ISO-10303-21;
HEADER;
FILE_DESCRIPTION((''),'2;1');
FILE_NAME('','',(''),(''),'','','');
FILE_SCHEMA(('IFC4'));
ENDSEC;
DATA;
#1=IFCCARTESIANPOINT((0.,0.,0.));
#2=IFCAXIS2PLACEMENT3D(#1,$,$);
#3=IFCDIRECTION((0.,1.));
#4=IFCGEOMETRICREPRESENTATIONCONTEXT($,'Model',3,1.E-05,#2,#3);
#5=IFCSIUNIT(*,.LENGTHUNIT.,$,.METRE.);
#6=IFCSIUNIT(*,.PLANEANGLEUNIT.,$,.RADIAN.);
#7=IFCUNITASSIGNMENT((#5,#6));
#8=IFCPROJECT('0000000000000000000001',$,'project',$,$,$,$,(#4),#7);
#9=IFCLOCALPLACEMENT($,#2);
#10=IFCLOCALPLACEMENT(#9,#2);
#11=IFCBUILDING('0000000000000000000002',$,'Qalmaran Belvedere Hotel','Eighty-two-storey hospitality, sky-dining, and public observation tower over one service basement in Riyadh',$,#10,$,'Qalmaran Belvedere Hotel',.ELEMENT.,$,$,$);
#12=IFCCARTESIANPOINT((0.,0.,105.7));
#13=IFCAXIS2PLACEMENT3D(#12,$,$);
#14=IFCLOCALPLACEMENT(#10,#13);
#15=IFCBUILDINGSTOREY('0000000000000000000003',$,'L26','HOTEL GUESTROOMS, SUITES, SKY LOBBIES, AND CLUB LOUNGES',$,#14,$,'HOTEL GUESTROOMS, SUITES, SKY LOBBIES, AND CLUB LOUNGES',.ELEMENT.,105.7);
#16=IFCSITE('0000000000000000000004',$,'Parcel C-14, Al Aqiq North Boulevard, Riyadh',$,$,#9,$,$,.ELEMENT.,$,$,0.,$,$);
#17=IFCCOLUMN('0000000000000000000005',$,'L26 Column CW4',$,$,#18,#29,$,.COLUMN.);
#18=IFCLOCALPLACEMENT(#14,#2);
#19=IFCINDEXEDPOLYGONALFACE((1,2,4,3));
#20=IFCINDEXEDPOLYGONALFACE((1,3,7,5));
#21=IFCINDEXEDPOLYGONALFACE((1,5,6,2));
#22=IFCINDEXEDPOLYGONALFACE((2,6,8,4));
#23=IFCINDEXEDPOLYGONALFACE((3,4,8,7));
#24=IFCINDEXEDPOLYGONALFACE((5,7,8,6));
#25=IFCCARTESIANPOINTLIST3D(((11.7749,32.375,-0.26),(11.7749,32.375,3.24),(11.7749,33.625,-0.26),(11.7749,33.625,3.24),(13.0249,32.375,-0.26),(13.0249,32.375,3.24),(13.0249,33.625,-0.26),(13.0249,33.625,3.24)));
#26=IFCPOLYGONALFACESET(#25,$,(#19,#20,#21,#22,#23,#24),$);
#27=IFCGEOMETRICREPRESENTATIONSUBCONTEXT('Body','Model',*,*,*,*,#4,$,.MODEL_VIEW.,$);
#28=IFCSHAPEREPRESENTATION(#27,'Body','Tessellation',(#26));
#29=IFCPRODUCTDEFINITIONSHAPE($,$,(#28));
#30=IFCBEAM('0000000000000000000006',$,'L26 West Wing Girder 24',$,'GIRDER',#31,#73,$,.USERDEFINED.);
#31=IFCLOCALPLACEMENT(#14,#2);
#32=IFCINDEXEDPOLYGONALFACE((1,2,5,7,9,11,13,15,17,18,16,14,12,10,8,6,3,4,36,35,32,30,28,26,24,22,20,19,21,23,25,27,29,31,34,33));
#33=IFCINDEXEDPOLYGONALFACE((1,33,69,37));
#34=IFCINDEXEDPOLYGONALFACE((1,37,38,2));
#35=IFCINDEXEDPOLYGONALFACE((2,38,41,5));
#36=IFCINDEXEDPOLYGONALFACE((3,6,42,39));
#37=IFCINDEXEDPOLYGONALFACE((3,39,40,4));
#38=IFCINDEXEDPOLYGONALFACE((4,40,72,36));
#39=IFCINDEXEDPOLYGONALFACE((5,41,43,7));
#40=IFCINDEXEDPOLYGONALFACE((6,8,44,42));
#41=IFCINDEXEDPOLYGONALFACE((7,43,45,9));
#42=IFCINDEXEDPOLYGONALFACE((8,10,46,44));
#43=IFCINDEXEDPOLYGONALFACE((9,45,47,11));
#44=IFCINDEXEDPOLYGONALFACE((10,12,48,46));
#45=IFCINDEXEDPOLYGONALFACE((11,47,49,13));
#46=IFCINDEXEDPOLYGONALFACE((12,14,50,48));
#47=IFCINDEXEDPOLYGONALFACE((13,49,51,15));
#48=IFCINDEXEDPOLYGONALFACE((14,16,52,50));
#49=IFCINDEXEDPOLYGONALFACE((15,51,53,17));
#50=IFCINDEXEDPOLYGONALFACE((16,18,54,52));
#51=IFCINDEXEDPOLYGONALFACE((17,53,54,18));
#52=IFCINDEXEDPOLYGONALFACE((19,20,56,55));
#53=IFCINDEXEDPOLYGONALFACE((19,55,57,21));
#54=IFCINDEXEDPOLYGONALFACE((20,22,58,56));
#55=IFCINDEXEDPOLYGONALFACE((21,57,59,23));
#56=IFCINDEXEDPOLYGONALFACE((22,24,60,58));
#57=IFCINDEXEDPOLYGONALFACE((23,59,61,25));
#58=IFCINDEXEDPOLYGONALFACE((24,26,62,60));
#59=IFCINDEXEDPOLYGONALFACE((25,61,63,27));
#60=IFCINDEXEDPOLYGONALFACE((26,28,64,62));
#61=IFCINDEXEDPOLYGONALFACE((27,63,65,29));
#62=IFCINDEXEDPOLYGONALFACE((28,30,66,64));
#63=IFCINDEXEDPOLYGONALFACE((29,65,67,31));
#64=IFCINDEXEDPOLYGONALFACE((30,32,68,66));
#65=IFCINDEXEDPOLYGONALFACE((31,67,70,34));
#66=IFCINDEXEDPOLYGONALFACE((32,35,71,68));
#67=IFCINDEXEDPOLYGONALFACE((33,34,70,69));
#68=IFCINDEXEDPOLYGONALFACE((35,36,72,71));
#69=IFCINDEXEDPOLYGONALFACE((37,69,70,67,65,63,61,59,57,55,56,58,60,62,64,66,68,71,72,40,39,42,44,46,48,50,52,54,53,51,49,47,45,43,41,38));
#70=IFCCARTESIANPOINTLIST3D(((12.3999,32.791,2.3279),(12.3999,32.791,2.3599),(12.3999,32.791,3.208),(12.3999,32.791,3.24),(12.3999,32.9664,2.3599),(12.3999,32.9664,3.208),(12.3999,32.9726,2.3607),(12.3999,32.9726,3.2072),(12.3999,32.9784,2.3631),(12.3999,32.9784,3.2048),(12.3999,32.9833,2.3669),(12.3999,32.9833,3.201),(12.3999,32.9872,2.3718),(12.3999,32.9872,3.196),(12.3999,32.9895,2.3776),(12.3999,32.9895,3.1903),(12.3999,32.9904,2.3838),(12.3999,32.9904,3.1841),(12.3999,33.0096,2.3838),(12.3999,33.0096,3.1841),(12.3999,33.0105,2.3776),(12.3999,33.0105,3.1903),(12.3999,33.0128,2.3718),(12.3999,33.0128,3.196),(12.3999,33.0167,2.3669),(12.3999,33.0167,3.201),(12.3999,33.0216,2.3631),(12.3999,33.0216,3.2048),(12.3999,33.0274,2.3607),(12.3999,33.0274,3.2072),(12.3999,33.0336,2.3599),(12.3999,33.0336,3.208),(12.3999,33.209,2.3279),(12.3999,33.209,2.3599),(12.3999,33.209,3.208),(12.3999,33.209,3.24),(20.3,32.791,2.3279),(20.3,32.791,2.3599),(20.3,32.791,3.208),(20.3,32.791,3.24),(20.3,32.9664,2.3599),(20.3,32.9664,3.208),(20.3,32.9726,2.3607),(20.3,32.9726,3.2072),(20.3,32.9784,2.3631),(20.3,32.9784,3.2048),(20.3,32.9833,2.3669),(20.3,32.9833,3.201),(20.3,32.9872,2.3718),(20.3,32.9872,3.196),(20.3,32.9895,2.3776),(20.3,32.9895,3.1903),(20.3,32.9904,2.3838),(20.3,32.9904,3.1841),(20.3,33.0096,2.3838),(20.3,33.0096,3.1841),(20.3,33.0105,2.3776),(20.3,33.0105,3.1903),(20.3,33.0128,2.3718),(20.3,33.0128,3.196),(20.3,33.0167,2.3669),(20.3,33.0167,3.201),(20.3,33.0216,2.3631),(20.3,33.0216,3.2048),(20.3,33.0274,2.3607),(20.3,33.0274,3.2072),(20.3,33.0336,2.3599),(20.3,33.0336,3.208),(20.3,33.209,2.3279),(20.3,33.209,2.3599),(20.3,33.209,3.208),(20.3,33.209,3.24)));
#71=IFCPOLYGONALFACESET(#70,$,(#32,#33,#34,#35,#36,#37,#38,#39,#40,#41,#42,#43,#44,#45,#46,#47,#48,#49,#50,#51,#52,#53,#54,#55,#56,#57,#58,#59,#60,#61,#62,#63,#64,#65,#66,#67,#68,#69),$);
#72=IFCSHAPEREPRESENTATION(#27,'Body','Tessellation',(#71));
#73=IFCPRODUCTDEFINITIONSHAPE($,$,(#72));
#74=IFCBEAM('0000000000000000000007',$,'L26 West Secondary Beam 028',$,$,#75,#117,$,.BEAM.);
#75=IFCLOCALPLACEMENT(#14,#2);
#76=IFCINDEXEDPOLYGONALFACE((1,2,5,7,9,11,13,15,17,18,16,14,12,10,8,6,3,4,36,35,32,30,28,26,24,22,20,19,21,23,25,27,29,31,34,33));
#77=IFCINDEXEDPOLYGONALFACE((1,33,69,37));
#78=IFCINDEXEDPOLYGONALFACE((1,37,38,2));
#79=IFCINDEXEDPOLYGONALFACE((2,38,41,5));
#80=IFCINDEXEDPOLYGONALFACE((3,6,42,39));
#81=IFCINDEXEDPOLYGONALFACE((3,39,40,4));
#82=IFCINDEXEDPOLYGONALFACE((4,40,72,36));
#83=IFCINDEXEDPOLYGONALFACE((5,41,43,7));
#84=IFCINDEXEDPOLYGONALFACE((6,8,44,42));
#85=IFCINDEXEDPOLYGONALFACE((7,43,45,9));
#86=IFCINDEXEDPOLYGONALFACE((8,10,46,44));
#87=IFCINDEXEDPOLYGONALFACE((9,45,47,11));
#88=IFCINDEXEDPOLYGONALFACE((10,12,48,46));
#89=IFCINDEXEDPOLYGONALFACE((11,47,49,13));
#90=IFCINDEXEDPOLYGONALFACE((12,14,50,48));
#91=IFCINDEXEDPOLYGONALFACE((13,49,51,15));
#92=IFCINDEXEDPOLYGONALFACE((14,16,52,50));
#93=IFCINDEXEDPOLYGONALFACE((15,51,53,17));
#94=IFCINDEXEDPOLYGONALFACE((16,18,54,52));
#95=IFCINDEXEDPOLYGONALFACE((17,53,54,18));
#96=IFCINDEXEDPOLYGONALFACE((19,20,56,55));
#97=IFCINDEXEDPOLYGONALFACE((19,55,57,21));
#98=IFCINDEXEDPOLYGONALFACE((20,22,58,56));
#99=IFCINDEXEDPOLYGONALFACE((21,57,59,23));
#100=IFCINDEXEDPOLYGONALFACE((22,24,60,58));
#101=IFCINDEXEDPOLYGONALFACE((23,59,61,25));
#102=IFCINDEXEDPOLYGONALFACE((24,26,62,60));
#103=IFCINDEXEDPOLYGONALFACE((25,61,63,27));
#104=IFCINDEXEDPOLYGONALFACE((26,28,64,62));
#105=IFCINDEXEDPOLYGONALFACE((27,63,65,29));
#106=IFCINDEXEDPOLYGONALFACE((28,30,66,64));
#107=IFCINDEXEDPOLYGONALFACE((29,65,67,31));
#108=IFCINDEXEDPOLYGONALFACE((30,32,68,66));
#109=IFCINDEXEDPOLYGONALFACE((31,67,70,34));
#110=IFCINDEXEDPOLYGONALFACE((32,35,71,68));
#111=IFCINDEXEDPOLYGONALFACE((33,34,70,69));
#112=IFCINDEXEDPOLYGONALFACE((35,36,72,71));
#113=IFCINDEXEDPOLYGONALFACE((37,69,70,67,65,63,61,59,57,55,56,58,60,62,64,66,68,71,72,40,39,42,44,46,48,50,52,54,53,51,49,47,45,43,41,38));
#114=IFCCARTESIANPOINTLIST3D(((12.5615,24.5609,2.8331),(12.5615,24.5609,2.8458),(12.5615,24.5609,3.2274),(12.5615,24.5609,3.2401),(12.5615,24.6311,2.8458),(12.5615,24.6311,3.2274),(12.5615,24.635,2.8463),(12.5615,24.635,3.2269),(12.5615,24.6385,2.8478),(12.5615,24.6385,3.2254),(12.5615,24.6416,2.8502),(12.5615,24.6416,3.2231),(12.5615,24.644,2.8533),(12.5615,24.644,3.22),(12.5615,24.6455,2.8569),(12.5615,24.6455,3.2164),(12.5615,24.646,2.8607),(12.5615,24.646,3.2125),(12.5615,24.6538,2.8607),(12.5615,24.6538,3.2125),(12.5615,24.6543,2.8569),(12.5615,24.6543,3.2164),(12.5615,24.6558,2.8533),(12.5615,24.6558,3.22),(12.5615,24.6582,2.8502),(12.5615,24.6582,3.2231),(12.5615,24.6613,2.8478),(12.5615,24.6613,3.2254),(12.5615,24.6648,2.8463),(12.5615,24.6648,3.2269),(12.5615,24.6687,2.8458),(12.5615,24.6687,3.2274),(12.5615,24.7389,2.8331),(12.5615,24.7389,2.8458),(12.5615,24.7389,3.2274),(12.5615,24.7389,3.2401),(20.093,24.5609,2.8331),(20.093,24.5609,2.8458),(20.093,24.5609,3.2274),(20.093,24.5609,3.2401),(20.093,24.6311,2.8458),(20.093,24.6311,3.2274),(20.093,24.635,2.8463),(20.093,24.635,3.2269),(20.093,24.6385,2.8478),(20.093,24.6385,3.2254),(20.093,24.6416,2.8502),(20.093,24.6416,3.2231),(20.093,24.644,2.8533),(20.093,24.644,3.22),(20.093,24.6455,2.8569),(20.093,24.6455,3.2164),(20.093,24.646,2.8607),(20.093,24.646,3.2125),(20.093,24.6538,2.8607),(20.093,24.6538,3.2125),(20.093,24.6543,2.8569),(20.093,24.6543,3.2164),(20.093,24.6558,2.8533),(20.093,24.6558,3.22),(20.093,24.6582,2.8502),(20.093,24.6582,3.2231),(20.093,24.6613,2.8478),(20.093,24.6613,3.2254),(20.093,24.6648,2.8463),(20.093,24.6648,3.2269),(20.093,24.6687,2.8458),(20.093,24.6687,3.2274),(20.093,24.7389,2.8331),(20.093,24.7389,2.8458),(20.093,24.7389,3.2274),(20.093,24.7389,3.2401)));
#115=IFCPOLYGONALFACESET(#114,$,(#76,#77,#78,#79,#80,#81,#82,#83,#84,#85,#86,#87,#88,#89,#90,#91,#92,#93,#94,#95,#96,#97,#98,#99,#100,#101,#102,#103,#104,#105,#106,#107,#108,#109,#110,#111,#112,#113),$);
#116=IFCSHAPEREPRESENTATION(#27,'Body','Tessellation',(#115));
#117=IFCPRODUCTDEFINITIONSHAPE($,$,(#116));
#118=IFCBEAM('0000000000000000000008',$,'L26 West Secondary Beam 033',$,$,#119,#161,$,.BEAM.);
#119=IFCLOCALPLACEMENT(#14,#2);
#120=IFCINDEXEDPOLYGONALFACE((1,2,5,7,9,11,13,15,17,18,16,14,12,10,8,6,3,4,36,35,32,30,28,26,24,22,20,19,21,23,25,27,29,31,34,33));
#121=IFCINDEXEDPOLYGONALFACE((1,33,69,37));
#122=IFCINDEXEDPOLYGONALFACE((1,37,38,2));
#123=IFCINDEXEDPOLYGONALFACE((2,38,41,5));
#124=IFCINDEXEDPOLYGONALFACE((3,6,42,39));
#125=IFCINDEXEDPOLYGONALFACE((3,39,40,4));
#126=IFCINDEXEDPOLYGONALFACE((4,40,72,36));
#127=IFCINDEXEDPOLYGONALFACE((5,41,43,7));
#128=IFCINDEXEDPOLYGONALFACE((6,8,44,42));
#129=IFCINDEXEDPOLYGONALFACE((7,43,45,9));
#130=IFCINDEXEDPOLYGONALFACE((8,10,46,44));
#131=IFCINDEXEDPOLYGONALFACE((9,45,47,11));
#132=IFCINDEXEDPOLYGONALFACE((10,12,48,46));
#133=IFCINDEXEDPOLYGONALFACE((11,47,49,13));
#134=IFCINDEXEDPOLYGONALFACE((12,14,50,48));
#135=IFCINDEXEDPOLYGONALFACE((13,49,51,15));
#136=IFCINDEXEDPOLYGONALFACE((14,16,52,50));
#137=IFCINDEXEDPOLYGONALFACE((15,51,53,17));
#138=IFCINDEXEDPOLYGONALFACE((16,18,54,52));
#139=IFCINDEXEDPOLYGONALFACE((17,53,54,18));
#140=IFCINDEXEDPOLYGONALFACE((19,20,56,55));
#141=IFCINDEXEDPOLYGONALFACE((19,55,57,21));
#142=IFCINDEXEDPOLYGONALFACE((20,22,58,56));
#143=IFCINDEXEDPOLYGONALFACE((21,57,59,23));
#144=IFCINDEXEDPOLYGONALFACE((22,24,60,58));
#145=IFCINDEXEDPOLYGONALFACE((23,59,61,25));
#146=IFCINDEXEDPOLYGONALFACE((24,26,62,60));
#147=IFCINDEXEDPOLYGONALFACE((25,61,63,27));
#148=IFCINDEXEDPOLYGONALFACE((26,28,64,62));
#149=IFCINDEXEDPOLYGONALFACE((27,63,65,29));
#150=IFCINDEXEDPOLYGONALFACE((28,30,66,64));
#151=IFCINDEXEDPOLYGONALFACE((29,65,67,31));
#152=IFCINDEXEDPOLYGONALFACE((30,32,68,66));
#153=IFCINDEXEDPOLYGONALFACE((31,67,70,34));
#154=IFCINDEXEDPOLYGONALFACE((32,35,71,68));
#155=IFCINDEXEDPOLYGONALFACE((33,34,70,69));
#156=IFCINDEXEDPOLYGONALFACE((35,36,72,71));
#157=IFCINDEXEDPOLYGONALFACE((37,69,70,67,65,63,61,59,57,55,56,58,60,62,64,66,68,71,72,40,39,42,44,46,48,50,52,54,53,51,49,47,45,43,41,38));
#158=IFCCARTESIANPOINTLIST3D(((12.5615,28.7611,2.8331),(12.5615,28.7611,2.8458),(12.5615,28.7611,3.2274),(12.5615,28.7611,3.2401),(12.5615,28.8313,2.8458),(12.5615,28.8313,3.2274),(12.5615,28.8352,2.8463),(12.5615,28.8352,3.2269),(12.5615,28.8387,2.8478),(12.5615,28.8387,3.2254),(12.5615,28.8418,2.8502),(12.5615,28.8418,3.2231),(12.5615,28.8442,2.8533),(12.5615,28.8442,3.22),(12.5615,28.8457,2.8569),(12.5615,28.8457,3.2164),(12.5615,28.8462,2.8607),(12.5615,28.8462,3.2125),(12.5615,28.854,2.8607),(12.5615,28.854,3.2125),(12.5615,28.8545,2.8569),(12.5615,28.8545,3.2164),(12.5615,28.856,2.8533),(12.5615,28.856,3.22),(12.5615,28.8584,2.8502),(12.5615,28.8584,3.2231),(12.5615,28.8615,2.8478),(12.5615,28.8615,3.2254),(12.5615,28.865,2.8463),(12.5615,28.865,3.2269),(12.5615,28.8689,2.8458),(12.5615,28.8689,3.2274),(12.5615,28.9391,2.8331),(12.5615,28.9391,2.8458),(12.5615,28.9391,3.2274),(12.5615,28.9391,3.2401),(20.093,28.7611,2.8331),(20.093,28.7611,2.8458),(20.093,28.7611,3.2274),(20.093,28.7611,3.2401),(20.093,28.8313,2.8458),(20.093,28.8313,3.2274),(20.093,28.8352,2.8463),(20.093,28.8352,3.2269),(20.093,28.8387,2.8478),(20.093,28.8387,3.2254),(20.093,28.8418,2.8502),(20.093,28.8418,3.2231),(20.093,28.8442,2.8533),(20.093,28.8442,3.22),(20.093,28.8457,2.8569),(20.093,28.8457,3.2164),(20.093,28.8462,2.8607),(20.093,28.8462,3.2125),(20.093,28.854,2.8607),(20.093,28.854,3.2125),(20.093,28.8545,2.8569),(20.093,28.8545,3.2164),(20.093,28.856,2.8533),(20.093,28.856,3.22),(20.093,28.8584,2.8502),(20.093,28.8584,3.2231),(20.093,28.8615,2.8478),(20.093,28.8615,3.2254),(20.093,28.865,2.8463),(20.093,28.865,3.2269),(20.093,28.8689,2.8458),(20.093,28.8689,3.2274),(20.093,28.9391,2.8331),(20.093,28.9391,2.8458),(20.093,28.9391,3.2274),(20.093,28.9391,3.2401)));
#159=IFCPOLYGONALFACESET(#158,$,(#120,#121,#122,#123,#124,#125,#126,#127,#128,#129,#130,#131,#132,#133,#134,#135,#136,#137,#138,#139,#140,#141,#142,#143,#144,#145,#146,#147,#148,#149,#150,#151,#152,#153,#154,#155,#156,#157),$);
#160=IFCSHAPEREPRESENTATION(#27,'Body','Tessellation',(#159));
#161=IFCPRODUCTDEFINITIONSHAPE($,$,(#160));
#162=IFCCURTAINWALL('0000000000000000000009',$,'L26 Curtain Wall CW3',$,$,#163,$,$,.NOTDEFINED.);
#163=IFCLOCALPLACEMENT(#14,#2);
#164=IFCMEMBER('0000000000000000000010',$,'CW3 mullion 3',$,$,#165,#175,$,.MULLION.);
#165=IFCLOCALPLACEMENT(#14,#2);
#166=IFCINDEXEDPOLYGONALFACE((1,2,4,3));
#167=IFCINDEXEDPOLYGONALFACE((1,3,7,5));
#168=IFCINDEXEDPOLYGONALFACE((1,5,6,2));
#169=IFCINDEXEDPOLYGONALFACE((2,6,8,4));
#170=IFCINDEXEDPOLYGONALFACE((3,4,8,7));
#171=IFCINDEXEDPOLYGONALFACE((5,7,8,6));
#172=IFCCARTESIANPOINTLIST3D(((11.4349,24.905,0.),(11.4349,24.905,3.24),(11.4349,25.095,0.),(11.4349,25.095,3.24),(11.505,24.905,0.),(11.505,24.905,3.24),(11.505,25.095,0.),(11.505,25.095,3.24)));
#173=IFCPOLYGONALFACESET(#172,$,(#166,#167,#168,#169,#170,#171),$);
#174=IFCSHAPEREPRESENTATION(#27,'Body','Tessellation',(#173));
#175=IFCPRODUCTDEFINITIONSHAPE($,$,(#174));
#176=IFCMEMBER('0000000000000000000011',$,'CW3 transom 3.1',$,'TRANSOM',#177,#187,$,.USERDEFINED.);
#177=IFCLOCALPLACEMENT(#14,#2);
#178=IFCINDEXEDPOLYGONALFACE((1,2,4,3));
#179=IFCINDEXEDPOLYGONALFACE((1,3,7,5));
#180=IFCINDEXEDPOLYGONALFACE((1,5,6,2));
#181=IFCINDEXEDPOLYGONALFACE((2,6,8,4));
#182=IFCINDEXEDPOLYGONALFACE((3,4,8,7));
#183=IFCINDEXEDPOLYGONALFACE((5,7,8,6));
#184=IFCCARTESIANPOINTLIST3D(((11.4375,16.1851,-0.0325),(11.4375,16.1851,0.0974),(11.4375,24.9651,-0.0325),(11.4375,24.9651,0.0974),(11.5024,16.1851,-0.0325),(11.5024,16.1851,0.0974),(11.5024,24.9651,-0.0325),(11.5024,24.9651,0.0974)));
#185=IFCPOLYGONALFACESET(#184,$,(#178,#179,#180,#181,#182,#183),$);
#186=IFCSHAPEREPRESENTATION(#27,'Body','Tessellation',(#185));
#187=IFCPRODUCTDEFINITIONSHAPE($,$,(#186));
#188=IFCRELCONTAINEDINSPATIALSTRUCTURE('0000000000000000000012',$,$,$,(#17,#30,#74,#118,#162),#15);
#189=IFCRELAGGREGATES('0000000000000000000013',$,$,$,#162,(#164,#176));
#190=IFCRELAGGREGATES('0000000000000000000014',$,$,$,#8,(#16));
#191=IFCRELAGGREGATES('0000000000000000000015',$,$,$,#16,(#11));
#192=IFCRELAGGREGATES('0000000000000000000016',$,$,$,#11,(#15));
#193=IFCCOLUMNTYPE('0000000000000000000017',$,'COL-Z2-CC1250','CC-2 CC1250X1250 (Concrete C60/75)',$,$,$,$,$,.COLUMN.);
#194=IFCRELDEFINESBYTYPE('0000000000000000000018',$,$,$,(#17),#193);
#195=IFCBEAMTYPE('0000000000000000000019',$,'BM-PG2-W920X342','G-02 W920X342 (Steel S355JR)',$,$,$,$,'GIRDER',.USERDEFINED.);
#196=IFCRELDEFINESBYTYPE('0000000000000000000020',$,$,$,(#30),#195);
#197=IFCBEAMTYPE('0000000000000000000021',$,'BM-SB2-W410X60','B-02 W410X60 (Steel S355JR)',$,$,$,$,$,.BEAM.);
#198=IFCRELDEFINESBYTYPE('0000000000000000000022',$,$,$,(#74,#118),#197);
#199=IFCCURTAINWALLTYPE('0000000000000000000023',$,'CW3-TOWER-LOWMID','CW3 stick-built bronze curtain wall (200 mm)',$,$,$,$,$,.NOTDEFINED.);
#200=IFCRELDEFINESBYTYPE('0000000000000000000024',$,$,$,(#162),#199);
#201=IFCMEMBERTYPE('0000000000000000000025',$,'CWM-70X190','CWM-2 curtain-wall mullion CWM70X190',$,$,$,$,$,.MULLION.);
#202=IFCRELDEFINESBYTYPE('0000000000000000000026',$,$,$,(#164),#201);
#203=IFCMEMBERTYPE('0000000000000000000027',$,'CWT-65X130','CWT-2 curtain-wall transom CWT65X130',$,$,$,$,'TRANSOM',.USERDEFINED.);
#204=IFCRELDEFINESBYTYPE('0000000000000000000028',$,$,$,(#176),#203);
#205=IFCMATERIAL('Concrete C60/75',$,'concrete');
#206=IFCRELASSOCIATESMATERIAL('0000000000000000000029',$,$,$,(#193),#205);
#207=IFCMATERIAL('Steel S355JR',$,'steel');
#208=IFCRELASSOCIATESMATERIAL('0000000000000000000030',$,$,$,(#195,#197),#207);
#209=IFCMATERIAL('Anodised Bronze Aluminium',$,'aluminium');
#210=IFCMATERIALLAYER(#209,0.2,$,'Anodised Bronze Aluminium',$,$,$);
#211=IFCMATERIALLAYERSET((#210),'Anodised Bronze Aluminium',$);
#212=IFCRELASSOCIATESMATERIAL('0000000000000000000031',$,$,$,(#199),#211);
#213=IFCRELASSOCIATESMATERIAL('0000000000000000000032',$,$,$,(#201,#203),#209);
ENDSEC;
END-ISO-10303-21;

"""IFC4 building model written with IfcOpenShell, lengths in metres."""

from ifc_helpers import new_model, si_unit, direction, frame, origin, origin_2d, place, context, subcontext, project, spatial, rectangle, i_section, extrude, material, layer, layer_set, material_profile, profile_set, type_object, element, aggregate, save


model = new_model("IFC4")

# Units and contexts
model_context = context("Model", 3, precision=1e-05, world=origin(), true_north=direction((0.0, 1.0)))
body_context = subcontext(model_context, "Body", "Model", "MODEL_VIEW")
ifc_project = project(units=[si_unit("LENGTHUNIT", "METRE"), si_unit("PLANEANGLEUNIT", "RADIAN")], contexts=[model_context])

# Site, building, storey
site_placement = place(None, origin())
site = spatial("IfcSite", under=ifc_project, at=site_placement, Name="Parcel C-14, Al Aqiq North Boulevard, Riyadh", CompositionType="ELEMENT", RefElevation=0.0)
building_placement = place(site_placement, origin())
building = spatial("IfcBuilding", under=site, at=building_placement, Name="Qalmaran Belvedere Hotel", Description="Eighty-two-storey hospitality, sky-dining, and public observation tower over one service basement in Riyadh", LongName="Qalmaran Belvedere Hotel", CompositionType="ELEMENT")
storey_placement = place(building_placement, frame((0.0, 0.0, 105.7)))
storey = spatial("IfcBuildingStorey", under=building, at=storey_placement, Name="L26", Description="HOTEL GUESTROOMS, SUITES, SKY LOBBIES, AND CLUB LOUNGES", LongName="HOTEL GUESTROOMS, SUITES, SKY LOBBIES, AND CLUB LOUNGES", CompositionType="ELEMENT", Elevation=105.7)

# Column
ifc_material_1 = material(Name="Concrete C60/75", Category="concrete")
ifc_material_profile_1 = material_profile(ifc_material_1, rectangle(XDim=1.25, YDim=1.25, at=origin_2d()), Name="CC1250X1250")
ifc_profile_set_1 = profile_set([ifc_material_profile_1], Name="Concrete C60/75")
column_type = type_object("IfcColumnType", Name="COL-Z2-CC1250", Description="CC-2 CC1250X1250 (Concrete C60/75)", PredefinedType="COLUMN", material=ifc_profile_set_1)
column_placement = place(storey_placement, frame((12.3999, 33.0, -0.26), z_axis=(0.0, 0.0, 1.0), x_axis=(1.0, 0.0, 0.0)))
element("IfcColumn", 1, at=column_placement, inside=storey, type_object=column_type, Name="L26 Column CW4", PredefinedType="COLUMN", context=body_context, shape_type="SweptSolid", body=[
    extrude(rectangle(XDim=1.25, YDim=1.25, at=origin_2d()), origin(), (0.0, 0.0, 1.0), 3.5),
])

# Beams
ifc_material_2 = material(Name="Steel S355JR", Category="steel")
ifc_material_profile_2 = material_profile(ifc_material_2, i_section(OverallWidth=0.418, OverallDepth=0.9121, WebThickness=0.0193, FlangeThickness=0.032, FilletRadius=0.0239, at=origin_2d()), Name="W920X342")
ifc_profile_set_2 = profile_set([ifc_material_profile_2], Name="Steel S355JR")
beam_type_1 = type_object("IfcBeamType", Name="BM-PG2-W920X342", Description="G-02 W920X342 (Steel S355JR)", ElementType="GIRDER", PredefinedType="USERDEFINED", material=ifc_profile_set_2)
beam_placement = place(storey_placement, frame((12.3999, 33.0, 2.7839), z_axis=(1.0, 0.0, 0.0), x_axis=(0.0, 1.0, 0.0)))
element("IfcBeam", 2, at=beam_placement, inside=storey, type_object=beam_type_1, Name="L26 West Wing Girder 24", ObjectType="GIRDER", PredefinedType="USERDEFINED", context=body_context, shape_type="SweptSolid", body=[
    extrude(i_section(OverallWidth=0.418, OverallDepth=0.9121, WebThickness=0.0193, FlangeThickness=0.032, FilletRadius=0.0239, at=origin_2d()), origin(), (0.0, 0.0, 1.0), 7.9001),
])
ifc_material_profile_3 = material_profile(ifc_material_2, i_section(OverallWidth=0.178, OverallDepth=0.407, WebThickness=0.0078, FlangeThickness=0.0127, FilletRadius=0.0149, at=origin_2d()), Name="W410X60")
ifc_profile_set_3 = profile_set([ifc_material_profile_3], Name="Steel S355JR")
beam_type_2 = type_object("IfcBeamType", Name="BM-SB2-W410X60", Description="B-02 W410X60 (Steel S355JR)", PredefinedType="BEAM", material=ifc_profile_set_3)
for number, where, z_axis, x_axis, name in (
    (3, (12.5615, 24.6499, 3.0366), (1.0, 0.0, 0.0), (0.0, 1.0, 0.0), "L26 West Secondary Beam 028"),
    (4, (12.5615, 28.8501, 3.0366), (1.0, 0.0, 0.0), (0.0, 1.0, 0.0), "L26 West Secondary Beam 033"),
):
    element("IfcBeam", number, at=place(storey_placement, frame(where, z_axis=z_axis, x_axis=x_axis)), inside=storey, type_object=beam_type_2, Name=name, PredefinedType="BEAM", context=body_context, shape_type="SweptSolid", body=[
        extrude(i_section(OverallWidth=0.178, OverallDepth=0.407, WebThickness=0.0078, FlangeThickness=0.0127, FilletRadius=0.0149, at=origin_2d()), origin(), (0.0, 0.0, 1.0), 7.5315),
    ])

# Curtain wall, members
ifc_material_3 = material(Name="Anodised Bronze Aluminium", Category="aluminium")
ifc_layer_1 = layer(ifc_material_3, 0.2, Name="Anodised Bronze Aluminium")
ifc_layer_set_1 = layer_set([ifc_layer_1], Name="Anodised Bronze Aluminium")
curtain_wall_type = type_object("IfcCurtainWallType", Name="CW3-TOWER-LOWMID", Description="CW3 stick-built bronze curtain wall (200 mm)", PredefinedType="NOTDEFINED", material=ifc_layer_set_1)
curtain_wall_placement = place(storey_placement, origin())
curtain_wall = element("IfcCurtainWall", 5, at=curtain_wall_placement, inside=storey, type_object=curtain_wall_type, Name="L26 Curtain Wall CW3", PredefinedType="NOTDEFINED")
ifc_material_profile_4 = material_profile(ifc_material_3, rectangle(XDim=0.0701, YDim=0.1899, at=origin_2d()), Name="CWM70X190")
ifc_profile_set_4 = profile_set([ifc_material_profile_4], Name="Anodised Bronze Aluminium")
member_type_1 = type_object("IfcMemberType", Name="CWM-70X190", Description="CWM-2 curtain-wall mullion CWM70X190", PredefinedType="MULLION", material=ifc_profile_set_4)
member_1_placement = place(storey_placement, frame((11.47, 25.0, 0.0), z_axis=(0.0, 0.0, 1.0), x_axis=(1.0, 0.0, 0.0)))
member_1 = element("IfcMember", 6, at=member_1_placement, type_object=member_type_1, Name="CW3 mullion 3", PredefinedType="MULLION", context=body_context, shape_type="SweptSolid", body=[
    extrude(rectangle(XDim=0.0701, YDim=0.1899, at=origin_2d()), origin(), (0.0, 0.0, 1.0), 3.24),
])
ifc_material_profile_5 = material_profile(ifc_material_3, rectangle(XDim=0.0649, YDim=0.1299, at=origin_2d()), Name="CWT65X130")
ifc_profile_set_5 = profile_set([ifc_material_profile_5], Name="Anodised Bronze Aluminium")
member_type_2 = type_object("IfcMemberType", Name="CWT-65X130", Description="CWT-2 curtain-wall transom CWT65X130", ElementType="TRANSOM", PredefinedType="USERDEFINED", material=ifc_profile_set_5)
member_2_placement = place(storey_placement, frame((11.47, 24.9651, 0.0325), z_axis=(0.0, -1.0, 0.0), x_axis=(1.0, 0.0, 0.0)))
member_2 = element("IfcMember", 7, at=member_2_placement, type_object=member_type_2, Name="CW3 transom 3.1", ObjectType="TRANSOM", PredefinedType="USERDEFINED", context=body_context, shape_type="SweptSolid", body=[
    extrude(rectangle(XDim=0.0649, YDim=0.1299, at=origin_2d()), origin(), (0.0, 0.0, 1.0), 8.78),
])
aggregate(curtain_wall, [member_1, member_2])

save(model, "model.ifc")
